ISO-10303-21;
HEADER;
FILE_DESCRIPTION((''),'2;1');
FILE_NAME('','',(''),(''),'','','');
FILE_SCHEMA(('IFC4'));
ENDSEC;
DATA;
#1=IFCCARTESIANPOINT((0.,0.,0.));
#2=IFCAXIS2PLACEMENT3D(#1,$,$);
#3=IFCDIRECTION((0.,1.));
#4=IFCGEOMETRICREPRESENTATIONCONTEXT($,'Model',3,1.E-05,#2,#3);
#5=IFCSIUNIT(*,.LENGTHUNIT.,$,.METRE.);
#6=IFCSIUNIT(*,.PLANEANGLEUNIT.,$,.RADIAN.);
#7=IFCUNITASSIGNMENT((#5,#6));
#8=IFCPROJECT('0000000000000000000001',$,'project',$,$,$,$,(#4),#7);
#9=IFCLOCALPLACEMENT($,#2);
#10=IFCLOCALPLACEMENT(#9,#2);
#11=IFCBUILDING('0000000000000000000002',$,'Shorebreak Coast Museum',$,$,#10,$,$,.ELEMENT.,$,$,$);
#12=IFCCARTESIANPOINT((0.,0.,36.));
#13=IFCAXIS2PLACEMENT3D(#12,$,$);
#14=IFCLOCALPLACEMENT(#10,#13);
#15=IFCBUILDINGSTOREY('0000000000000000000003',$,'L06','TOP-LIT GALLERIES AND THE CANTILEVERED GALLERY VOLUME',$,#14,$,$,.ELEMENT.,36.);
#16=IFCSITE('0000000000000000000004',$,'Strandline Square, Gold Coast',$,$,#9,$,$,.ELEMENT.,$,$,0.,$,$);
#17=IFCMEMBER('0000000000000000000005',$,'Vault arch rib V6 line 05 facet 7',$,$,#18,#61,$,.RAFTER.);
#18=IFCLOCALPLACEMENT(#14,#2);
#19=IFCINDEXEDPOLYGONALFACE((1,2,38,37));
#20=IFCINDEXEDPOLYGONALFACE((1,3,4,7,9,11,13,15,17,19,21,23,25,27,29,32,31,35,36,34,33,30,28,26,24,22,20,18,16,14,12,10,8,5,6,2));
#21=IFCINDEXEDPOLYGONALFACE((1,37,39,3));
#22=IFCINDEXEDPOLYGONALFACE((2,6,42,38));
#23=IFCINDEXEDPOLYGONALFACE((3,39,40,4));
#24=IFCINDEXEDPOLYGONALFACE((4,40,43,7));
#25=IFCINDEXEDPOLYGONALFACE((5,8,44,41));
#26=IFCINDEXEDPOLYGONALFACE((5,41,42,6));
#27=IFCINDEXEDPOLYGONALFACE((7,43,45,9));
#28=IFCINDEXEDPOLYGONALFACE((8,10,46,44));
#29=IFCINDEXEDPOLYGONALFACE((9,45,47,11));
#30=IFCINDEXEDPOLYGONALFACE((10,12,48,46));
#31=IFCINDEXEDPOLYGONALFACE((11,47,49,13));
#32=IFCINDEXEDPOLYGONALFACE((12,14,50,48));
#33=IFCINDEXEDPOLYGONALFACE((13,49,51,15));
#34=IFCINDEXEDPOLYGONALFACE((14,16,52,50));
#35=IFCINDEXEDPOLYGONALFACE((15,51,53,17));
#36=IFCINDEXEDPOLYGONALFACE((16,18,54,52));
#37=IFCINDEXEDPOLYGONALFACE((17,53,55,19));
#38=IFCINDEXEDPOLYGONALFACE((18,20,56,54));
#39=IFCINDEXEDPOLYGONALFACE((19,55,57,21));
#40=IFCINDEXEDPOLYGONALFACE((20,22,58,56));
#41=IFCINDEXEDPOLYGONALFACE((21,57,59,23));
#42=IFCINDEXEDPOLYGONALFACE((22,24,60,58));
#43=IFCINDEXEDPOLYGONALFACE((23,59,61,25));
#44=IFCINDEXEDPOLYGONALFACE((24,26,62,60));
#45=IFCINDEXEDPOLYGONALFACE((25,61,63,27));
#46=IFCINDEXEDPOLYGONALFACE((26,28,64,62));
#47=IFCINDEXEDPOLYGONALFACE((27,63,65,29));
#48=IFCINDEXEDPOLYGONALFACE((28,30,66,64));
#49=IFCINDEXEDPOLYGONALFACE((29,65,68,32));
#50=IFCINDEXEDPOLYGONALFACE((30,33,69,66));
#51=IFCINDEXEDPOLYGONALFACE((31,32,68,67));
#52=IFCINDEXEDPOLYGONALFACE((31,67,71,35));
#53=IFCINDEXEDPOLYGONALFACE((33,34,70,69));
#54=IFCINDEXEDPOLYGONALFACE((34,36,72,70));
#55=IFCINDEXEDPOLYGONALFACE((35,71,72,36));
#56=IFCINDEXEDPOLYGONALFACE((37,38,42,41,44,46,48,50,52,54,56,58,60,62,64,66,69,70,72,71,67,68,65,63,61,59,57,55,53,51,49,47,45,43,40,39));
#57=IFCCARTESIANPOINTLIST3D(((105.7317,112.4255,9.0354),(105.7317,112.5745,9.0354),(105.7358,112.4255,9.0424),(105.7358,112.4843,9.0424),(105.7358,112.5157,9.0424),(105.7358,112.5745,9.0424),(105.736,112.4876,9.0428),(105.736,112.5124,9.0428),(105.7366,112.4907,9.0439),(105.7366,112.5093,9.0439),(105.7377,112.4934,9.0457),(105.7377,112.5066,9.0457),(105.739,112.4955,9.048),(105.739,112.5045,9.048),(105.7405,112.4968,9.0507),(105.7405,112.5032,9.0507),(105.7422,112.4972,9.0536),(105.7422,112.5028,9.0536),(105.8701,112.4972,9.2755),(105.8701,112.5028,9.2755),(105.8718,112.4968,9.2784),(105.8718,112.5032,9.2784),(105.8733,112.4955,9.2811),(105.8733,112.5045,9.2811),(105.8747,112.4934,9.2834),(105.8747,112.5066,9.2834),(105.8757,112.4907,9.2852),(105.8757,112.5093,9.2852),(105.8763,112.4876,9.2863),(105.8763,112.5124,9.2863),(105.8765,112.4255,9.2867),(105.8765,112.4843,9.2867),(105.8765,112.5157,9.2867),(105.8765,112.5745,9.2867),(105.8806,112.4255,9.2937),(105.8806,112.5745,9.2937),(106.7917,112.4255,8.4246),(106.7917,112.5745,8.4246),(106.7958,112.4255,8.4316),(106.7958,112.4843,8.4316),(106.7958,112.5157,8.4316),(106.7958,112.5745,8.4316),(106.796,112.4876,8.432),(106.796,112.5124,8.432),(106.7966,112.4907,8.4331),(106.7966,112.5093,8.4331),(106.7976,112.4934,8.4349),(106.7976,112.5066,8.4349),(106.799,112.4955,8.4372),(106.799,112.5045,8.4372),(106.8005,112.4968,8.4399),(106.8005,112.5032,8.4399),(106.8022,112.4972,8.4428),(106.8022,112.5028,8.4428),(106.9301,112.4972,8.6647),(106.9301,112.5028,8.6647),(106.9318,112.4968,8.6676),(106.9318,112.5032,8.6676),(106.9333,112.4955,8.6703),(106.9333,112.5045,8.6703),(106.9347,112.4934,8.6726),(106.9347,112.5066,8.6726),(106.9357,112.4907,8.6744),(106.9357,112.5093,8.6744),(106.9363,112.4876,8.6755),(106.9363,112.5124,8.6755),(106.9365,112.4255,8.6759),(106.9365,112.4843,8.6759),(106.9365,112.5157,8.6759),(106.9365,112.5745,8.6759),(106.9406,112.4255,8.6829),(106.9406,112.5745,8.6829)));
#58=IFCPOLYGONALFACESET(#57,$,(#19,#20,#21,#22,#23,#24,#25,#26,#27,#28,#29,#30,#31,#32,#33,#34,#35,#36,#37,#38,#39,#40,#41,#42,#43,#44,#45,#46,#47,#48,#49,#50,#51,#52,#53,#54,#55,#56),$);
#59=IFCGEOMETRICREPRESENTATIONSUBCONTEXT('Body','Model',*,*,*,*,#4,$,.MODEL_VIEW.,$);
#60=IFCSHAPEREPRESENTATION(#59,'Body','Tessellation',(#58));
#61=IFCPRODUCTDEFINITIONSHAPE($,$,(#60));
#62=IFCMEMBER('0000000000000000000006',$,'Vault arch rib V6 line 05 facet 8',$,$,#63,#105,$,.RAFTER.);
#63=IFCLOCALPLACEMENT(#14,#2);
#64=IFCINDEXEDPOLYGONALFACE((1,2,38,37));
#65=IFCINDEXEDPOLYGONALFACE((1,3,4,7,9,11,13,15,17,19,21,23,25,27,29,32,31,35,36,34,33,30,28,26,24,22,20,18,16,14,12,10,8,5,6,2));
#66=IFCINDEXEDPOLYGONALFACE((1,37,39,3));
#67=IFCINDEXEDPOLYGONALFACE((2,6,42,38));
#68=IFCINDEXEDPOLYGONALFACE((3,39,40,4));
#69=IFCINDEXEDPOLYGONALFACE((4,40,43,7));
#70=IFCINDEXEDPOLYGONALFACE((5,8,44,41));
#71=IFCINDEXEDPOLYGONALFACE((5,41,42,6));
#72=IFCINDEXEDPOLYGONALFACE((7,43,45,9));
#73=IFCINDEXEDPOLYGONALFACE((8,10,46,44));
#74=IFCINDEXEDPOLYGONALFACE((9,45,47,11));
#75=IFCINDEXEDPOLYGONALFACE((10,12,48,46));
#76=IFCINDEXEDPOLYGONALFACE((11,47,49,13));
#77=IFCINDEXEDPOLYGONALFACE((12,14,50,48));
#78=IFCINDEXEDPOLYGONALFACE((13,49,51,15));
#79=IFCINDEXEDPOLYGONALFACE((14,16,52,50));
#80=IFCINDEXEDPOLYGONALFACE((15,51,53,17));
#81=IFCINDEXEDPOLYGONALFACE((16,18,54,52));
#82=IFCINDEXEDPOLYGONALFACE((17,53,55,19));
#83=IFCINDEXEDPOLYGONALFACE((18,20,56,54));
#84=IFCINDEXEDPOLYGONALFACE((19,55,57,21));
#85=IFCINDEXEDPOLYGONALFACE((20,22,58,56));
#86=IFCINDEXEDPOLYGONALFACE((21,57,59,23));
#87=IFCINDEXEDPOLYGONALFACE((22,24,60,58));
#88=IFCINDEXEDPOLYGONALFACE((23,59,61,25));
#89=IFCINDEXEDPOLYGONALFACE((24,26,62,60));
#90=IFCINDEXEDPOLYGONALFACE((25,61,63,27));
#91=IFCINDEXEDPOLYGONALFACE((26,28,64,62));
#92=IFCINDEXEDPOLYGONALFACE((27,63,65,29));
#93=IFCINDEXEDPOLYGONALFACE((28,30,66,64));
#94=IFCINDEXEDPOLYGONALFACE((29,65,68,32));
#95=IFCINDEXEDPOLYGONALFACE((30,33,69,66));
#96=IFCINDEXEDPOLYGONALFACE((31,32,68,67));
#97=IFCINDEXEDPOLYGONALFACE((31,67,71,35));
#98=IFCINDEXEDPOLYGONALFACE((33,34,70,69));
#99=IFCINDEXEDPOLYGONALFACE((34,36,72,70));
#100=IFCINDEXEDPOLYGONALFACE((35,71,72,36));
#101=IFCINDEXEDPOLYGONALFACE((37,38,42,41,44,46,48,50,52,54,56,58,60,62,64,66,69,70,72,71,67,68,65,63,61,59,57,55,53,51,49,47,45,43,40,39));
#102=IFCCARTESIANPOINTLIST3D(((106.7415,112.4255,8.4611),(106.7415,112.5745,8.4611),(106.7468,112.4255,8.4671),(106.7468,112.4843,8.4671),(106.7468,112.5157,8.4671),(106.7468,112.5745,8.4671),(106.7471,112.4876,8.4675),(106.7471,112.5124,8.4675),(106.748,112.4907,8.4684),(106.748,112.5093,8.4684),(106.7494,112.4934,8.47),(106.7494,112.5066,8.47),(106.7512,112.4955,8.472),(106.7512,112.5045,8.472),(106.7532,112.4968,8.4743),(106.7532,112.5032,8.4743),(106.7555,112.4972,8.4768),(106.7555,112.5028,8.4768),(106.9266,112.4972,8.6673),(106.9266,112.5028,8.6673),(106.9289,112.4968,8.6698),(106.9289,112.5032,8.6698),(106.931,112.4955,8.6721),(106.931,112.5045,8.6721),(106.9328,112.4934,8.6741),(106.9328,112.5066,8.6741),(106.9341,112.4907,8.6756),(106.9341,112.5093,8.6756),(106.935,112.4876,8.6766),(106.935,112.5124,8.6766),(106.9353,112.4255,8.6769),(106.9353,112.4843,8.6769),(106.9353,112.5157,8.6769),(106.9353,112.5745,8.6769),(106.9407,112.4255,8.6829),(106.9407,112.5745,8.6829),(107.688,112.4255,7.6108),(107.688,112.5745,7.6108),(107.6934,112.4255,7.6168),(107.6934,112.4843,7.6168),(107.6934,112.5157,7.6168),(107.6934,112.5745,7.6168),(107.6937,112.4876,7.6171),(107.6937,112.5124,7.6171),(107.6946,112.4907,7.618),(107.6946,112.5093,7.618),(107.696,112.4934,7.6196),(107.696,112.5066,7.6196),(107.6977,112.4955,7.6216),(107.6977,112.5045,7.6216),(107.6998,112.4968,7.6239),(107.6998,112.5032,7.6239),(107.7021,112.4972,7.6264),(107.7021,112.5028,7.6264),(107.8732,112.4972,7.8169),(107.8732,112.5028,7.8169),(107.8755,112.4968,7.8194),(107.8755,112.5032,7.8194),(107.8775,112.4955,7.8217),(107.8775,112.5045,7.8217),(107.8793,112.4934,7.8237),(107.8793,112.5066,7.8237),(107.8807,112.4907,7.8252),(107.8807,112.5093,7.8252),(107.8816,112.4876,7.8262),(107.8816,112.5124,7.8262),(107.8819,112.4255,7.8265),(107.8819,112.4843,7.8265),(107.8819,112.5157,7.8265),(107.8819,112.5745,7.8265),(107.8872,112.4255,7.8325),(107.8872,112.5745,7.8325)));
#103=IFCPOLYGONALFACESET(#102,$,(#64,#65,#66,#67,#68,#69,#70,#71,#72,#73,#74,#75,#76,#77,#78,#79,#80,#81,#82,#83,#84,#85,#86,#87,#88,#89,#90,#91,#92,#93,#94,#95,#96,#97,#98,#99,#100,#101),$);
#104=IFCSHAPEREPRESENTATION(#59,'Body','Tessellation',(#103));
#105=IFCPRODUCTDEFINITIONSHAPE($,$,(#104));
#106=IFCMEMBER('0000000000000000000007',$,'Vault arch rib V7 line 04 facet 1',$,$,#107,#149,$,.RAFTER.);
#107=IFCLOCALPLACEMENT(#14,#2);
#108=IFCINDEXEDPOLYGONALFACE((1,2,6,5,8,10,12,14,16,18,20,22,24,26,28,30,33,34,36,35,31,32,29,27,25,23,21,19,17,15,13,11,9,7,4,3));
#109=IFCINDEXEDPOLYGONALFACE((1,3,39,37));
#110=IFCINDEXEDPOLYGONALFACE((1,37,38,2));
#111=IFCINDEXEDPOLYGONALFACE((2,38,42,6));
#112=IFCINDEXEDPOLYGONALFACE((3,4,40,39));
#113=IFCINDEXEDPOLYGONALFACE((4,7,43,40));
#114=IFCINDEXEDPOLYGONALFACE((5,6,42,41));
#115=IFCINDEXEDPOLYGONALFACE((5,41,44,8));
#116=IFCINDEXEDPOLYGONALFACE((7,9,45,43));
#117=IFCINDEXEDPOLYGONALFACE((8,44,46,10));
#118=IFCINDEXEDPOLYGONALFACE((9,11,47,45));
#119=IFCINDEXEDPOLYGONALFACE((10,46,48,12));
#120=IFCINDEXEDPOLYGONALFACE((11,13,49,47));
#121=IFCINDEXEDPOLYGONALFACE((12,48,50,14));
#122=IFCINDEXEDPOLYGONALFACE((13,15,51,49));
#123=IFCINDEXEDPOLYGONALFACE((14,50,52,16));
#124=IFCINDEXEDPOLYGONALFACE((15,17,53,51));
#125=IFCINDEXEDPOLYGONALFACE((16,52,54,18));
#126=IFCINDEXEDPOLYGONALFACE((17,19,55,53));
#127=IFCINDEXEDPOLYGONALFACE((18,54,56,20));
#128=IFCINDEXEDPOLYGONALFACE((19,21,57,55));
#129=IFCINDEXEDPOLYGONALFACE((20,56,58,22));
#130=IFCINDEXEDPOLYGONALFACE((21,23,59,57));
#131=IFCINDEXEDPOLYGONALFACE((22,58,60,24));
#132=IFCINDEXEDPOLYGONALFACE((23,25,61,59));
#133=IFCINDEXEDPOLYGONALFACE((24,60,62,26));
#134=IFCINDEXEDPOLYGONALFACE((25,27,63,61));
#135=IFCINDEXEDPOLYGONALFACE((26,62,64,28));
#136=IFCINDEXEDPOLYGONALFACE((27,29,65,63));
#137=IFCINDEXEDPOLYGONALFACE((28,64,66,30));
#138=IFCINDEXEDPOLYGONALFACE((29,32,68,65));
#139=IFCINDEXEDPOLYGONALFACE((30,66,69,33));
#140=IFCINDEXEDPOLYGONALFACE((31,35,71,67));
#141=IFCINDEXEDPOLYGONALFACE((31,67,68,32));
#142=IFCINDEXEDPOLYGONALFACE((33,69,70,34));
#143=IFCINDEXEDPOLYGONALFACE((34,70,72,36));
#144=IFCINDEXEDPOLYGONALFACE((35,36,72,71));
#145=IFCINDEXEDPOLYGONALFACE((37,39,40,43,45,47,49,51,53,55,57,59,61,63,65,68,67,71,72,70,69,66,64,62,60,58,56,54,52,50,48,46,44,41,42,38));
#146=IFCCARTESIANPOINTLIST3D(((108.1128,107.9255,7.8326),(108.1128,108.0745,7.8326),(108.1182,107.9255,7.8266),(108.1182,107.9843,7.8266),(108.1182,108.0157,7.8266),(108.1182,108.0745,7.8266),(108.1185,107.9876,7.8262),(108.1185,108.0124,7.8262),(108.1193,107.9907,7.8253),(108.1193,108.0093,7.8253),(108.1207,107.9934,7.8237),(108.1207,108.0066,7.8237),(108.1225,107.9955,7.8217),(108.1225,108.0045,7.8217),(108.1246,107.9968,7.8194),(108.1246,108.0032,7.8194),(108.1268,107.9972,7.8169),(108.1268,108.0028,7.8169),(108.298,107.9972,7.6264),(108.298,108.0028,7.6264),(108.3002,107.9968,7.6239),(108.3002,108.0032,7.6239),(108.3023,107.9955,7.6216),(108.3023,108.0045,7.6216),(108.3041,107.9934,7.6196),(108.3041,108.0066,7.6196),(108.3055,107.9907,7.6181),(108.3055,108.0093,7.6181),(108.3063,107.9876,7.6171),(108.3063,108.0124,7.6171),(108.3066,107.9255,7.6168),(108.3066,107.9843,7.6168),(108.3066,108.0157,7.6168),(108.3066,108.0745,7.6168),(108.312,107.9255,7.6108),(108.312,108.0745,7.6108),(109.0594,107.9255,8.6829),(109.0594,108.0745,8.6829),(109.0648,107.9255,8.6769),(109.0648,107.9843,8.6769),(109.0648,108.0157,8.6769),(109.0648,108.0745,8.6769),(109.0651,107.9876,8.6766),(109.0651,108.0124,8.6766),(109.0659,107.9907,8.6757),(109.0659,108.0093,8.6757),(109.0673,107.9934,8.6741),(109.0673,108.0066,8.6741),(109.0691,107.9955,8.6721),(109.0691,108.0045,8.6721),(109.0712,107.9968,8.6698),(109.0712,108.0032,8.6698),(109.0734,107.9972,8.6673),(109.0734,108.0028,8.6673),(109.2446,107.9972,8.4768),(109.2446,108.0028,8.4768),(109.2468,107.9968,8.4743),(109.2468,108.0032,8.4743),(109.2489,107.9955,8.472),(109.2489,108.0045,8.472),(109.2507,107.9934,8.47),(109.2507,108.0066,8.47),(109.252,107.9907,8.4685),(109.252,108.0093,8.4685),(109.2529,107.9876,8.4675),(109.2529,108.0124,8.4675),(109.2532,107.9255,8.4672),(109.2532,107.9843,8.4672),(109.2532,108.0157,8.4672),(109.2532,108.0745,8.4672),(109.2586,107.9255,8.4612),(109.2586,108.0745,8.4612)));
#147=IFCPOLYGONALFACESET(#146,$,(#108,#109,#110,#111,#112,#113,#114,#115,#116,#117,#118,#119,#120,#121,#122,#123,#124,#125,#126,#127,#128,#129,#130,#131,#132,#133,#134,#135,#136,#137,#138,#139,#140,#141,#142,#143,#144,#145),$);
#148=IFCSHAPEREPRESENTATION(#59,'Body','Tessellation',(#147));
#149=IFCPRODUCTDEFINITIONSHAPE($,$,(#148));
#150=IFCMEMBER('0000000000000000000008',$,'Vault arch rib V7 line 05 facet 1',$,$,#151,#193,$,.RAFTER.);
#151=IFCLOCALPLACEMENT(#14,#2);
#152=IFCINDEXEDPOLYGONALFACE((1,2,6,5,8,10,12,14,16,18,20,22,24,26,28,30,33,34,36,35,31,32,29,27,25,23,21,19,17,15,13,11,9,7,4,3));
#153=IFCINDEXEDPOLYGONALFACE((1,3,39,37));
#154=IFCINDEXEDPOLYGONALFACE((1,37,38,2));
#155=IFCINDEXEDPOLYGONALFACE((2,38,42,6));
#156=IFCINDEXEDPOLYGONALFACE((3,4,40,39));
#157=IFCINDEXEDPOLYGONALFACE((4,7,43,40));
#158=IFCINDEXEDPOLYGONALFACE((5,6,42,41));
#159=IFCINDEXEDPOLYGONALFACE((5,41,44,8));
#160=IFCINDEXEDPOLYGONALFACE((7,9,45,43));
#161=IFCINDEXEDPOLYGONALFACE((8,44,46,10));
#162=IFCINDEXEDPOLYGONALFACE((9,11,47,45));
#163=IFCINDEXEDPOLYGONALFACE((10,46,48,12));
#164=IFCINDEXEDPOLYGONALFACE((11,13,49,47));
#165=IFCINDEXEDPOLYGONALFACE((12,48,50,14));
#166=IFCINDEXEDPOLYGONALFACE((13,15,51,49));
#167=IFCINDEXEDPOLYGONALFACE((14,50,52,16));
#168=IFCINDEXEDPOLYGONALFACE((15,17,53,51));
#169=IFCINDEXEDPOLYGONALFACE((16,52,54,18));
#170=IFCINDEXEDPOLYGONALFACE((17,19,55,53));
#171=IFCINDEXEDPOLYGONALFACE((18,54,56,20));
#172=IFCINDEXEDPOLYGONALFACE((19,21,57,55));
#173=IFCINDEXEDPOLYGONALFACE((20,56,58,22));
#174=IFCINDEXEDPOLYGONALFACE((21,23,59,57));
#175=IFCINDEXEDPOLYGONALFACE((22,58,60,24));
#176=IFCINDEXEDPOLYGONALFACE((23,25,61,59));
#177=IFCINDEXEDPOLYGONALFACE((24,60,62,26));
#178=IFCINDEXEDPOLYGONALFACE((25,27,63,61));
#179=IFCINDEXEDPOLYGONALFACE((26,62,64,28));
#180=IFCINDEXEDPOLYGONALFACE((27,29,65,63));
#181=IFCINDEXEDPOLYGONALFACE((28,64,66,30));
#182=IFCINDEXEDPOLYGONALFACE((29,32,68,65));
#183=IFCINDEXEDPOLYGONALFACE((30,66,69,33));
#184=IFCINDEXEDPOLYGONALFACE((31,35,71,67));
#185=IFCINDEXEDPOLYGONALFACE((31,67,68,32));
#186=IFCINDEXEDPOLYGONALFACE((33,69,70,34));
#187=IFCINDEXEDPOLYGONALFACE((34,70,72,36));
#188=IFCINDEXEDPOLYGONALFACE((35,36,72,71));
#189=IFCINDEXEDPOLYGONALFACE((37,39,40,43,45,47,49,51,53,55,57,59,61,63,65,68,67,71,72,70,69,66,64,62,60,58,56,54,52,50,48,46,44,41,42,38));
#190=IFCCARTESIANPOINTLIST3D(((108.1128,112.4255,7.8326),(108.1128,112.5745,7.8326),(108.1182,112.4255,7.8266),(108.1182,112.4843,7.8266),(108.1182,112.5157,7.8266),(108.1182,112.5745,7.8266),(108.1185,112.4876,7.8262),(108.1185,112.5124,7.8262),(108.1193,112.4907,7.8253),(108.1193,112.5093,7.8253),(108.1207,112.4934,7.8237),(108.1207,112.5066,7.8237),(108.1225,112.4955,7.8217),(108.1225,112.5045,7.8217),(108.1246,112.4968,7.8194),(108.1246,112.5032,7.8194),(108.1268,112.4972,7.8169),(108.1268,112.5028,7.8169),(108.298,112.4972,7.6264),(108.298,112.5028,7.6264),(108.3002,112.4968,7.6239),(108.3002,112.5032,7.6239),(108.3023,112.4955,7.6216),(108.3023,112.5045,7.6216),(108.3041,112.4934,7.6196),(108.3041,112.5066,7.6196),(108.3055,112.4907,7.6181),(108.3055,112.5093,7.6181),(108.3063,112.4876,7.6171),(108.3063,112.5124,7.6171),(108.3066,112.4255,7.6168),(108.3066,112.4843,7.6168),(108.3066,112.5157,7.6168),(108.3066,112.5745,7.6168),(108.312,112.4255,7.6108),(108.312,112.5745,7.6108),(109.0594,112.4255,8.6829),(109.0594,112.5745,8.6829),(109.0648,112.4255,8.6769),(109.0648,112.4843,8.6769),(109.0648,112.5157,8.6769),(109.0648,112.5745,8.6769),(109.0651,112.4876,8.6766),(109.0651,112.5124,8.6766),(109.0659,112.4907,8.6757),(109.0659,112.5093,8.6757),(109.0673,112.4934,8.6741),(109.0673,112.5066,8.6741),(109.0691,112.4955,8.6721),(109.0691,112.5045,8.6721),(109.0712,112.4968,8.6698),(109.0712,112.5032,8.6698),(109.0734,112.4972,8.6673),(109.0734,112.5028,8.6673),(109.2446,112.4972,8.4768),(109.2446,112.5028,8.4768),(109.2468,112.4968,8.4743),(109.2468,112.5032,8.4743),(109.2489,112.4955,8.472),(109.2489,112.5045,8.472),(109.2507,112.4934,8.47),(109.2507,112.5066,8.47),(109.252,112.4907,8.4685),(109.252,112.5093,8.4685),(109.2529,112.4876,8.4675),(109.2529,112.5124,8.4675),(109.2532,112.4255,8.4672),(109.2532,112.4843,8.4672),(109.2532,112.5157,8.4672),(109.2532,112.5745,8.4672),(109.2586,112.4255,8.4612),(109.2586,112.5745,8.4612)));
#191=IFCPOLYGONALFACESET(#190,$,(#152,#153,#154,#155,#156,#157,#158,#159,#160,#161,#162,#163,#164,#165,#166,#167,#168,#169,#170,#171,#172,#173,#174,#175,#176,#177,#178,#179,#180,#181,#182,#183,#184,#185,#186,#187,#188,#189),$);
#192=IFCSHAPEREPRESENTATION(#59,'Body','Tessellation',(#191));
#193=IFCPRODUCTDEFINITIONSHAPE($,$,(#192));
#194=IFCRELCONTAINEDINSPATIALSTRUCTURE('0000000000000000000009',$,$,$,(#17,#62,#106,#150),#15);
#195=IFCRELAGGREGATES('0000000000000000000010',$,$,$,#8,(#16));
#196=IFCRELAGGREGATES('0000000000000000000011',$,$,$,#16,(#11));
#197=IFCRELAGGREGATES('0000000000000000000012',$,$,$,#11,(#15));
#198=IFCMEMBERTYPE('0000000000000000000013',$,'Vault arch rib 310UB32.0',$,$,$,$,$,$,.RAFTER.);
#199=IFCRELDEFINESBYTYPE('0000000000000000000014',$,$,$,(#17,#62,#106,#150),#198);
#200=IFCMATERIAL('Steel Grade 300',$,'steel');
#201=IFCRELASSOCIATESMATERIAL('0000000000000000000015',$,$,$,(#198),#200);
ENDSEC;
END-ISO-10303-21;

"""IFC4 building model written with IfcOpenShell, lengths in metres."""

from ifc_helpers import new_model, si_unit, direction, frame, origin, origin_2d, place, context, subcontext, project, spatial, i_section, extrude, material, material_profile, profile_set, type_object, element, save


model = new_model("IFC4")

# Units and contexts
model_context = context("Model", 3, precision=1e-05, world=origin(), true_north=direction((0.0, 1.0)))
body_context = subcontext(model_context, "Body", "Model", "MODEL_VIEW")
ifc_project = project(units=[si_unit("LENGTHUNIT", "METRE"), si_unit("PLANEANGLEUNIT", "RADIAN")], contexts=[model_context])

# Site, building, storey
site_placement = place(None, origin())
site = spatial("IfcSite", under=ifc_project, at=site_placement, Name="Strandline Square, Gold Coast", CompositionType="ELEMENT", RefElevation=0.0)
building_placement = place(site_placement, origin())
building = spatial("IfcBuilding", under=site, at=building_placement, Name="Shorebreak Coast Museum", CompositionType="ELEMENT")
storey_placement = place(building_placement, frame((0.0, 0.0, 36.0)))
storey = spatial("IfcBuildingStorey", under=building, at=storey_placement, Name="L06", Description="TOP-LIT GALLERIES AND THE CANTILEVERED GALLERY VOLUME", CompositionType="ELEMENT", Elevation=36.0)

# Members
ifc_material_1 = material(Name="Steel Grade 300", Category="steel")
ifc_material_profile_1 = material_profile(ifc_material_1, i_section(OverallWidth=0.1489, OverallDepth=0.2981, WebThickness=0.0056, FlangeThickness=0.0081, FilletRadius=0.0129, at=origin_2d()), Name="310UB32.0")
ifc_profile_set_1 = profile_set([ifc_material_profile_1], Name="Steel Grade 300")
member_type_1 = type_object("IfcMemberType", Name="Vault arch rib 310UB32.0", PredefinedType="RAFTER", material=ifc_profile_set_1)
for number, where, z_axis, x_axis, name in (
    (1, (105.8062, 112.5, 9.1646), (0.866445, 0.0, -0.499273), (0.0, 1.0, 0.0), "Vault arch rib V6 line 05 facet 7"),
):
    element("IfcMember", number, at=place(storey_placement, frame(where, z_axis=z_axis, x_axis=x_axis)), inside=storey, type_object=member_type_1, Name=name, PredefinedType="RAFTER", context=body_context, shape_type="SweptSolid", body=[
        extrude(i_section(OverallWidth=0.1489, OverallDepth=0.2981, WebThickness=0.0056, FlangeThickness=0.0081, FilletRadius=0.0129, at=origin_2d()), origin(), (0.0, 0.0, 1.0), 1.2234),
    ])
for number, where, z_axis, x_axis, name in (
    (2, (106.8411, 112.5, 8.572), (0.743895, 0.0, -0.668297), (0.0, 1.0, 0.0), "Vault arch rib V6 line 05 facet 8"),
    (3, (108.2124, 108.0, 7.7217), (0.743895, 0.0, 0.668297), (0.0, 1.0, 0.0), "Vault arch rib V7 line 04 facet 1"),
    (4, (108.2124, 112.5, 7.7217), (0.743895, 0.0, 0.668297), (0.0, 1.0, 0.0), "Vault arch rib V7 line 05 facet 1"),
):
    element("IfcMember", number, at=place(storey_placement, frame(where, z_axis=z_axis, x_axis=x_axis)), inside=storey, type_object=member_type_1, Name=name, PredefinedType="RAFTER", context=body_context, shape_type="SweptSolid", body=[
        extrude(i_section(OverallWidth=0.1489, OverallDepth=0.2981, WebThickness=0.0056, FlangeThickness=0.0081, FilletRadius=0.0129, at=origin_2d()), origin(), (0.0, 0.0, 1.0), 1.2725),
    ])

save(model, "model.ifc")
